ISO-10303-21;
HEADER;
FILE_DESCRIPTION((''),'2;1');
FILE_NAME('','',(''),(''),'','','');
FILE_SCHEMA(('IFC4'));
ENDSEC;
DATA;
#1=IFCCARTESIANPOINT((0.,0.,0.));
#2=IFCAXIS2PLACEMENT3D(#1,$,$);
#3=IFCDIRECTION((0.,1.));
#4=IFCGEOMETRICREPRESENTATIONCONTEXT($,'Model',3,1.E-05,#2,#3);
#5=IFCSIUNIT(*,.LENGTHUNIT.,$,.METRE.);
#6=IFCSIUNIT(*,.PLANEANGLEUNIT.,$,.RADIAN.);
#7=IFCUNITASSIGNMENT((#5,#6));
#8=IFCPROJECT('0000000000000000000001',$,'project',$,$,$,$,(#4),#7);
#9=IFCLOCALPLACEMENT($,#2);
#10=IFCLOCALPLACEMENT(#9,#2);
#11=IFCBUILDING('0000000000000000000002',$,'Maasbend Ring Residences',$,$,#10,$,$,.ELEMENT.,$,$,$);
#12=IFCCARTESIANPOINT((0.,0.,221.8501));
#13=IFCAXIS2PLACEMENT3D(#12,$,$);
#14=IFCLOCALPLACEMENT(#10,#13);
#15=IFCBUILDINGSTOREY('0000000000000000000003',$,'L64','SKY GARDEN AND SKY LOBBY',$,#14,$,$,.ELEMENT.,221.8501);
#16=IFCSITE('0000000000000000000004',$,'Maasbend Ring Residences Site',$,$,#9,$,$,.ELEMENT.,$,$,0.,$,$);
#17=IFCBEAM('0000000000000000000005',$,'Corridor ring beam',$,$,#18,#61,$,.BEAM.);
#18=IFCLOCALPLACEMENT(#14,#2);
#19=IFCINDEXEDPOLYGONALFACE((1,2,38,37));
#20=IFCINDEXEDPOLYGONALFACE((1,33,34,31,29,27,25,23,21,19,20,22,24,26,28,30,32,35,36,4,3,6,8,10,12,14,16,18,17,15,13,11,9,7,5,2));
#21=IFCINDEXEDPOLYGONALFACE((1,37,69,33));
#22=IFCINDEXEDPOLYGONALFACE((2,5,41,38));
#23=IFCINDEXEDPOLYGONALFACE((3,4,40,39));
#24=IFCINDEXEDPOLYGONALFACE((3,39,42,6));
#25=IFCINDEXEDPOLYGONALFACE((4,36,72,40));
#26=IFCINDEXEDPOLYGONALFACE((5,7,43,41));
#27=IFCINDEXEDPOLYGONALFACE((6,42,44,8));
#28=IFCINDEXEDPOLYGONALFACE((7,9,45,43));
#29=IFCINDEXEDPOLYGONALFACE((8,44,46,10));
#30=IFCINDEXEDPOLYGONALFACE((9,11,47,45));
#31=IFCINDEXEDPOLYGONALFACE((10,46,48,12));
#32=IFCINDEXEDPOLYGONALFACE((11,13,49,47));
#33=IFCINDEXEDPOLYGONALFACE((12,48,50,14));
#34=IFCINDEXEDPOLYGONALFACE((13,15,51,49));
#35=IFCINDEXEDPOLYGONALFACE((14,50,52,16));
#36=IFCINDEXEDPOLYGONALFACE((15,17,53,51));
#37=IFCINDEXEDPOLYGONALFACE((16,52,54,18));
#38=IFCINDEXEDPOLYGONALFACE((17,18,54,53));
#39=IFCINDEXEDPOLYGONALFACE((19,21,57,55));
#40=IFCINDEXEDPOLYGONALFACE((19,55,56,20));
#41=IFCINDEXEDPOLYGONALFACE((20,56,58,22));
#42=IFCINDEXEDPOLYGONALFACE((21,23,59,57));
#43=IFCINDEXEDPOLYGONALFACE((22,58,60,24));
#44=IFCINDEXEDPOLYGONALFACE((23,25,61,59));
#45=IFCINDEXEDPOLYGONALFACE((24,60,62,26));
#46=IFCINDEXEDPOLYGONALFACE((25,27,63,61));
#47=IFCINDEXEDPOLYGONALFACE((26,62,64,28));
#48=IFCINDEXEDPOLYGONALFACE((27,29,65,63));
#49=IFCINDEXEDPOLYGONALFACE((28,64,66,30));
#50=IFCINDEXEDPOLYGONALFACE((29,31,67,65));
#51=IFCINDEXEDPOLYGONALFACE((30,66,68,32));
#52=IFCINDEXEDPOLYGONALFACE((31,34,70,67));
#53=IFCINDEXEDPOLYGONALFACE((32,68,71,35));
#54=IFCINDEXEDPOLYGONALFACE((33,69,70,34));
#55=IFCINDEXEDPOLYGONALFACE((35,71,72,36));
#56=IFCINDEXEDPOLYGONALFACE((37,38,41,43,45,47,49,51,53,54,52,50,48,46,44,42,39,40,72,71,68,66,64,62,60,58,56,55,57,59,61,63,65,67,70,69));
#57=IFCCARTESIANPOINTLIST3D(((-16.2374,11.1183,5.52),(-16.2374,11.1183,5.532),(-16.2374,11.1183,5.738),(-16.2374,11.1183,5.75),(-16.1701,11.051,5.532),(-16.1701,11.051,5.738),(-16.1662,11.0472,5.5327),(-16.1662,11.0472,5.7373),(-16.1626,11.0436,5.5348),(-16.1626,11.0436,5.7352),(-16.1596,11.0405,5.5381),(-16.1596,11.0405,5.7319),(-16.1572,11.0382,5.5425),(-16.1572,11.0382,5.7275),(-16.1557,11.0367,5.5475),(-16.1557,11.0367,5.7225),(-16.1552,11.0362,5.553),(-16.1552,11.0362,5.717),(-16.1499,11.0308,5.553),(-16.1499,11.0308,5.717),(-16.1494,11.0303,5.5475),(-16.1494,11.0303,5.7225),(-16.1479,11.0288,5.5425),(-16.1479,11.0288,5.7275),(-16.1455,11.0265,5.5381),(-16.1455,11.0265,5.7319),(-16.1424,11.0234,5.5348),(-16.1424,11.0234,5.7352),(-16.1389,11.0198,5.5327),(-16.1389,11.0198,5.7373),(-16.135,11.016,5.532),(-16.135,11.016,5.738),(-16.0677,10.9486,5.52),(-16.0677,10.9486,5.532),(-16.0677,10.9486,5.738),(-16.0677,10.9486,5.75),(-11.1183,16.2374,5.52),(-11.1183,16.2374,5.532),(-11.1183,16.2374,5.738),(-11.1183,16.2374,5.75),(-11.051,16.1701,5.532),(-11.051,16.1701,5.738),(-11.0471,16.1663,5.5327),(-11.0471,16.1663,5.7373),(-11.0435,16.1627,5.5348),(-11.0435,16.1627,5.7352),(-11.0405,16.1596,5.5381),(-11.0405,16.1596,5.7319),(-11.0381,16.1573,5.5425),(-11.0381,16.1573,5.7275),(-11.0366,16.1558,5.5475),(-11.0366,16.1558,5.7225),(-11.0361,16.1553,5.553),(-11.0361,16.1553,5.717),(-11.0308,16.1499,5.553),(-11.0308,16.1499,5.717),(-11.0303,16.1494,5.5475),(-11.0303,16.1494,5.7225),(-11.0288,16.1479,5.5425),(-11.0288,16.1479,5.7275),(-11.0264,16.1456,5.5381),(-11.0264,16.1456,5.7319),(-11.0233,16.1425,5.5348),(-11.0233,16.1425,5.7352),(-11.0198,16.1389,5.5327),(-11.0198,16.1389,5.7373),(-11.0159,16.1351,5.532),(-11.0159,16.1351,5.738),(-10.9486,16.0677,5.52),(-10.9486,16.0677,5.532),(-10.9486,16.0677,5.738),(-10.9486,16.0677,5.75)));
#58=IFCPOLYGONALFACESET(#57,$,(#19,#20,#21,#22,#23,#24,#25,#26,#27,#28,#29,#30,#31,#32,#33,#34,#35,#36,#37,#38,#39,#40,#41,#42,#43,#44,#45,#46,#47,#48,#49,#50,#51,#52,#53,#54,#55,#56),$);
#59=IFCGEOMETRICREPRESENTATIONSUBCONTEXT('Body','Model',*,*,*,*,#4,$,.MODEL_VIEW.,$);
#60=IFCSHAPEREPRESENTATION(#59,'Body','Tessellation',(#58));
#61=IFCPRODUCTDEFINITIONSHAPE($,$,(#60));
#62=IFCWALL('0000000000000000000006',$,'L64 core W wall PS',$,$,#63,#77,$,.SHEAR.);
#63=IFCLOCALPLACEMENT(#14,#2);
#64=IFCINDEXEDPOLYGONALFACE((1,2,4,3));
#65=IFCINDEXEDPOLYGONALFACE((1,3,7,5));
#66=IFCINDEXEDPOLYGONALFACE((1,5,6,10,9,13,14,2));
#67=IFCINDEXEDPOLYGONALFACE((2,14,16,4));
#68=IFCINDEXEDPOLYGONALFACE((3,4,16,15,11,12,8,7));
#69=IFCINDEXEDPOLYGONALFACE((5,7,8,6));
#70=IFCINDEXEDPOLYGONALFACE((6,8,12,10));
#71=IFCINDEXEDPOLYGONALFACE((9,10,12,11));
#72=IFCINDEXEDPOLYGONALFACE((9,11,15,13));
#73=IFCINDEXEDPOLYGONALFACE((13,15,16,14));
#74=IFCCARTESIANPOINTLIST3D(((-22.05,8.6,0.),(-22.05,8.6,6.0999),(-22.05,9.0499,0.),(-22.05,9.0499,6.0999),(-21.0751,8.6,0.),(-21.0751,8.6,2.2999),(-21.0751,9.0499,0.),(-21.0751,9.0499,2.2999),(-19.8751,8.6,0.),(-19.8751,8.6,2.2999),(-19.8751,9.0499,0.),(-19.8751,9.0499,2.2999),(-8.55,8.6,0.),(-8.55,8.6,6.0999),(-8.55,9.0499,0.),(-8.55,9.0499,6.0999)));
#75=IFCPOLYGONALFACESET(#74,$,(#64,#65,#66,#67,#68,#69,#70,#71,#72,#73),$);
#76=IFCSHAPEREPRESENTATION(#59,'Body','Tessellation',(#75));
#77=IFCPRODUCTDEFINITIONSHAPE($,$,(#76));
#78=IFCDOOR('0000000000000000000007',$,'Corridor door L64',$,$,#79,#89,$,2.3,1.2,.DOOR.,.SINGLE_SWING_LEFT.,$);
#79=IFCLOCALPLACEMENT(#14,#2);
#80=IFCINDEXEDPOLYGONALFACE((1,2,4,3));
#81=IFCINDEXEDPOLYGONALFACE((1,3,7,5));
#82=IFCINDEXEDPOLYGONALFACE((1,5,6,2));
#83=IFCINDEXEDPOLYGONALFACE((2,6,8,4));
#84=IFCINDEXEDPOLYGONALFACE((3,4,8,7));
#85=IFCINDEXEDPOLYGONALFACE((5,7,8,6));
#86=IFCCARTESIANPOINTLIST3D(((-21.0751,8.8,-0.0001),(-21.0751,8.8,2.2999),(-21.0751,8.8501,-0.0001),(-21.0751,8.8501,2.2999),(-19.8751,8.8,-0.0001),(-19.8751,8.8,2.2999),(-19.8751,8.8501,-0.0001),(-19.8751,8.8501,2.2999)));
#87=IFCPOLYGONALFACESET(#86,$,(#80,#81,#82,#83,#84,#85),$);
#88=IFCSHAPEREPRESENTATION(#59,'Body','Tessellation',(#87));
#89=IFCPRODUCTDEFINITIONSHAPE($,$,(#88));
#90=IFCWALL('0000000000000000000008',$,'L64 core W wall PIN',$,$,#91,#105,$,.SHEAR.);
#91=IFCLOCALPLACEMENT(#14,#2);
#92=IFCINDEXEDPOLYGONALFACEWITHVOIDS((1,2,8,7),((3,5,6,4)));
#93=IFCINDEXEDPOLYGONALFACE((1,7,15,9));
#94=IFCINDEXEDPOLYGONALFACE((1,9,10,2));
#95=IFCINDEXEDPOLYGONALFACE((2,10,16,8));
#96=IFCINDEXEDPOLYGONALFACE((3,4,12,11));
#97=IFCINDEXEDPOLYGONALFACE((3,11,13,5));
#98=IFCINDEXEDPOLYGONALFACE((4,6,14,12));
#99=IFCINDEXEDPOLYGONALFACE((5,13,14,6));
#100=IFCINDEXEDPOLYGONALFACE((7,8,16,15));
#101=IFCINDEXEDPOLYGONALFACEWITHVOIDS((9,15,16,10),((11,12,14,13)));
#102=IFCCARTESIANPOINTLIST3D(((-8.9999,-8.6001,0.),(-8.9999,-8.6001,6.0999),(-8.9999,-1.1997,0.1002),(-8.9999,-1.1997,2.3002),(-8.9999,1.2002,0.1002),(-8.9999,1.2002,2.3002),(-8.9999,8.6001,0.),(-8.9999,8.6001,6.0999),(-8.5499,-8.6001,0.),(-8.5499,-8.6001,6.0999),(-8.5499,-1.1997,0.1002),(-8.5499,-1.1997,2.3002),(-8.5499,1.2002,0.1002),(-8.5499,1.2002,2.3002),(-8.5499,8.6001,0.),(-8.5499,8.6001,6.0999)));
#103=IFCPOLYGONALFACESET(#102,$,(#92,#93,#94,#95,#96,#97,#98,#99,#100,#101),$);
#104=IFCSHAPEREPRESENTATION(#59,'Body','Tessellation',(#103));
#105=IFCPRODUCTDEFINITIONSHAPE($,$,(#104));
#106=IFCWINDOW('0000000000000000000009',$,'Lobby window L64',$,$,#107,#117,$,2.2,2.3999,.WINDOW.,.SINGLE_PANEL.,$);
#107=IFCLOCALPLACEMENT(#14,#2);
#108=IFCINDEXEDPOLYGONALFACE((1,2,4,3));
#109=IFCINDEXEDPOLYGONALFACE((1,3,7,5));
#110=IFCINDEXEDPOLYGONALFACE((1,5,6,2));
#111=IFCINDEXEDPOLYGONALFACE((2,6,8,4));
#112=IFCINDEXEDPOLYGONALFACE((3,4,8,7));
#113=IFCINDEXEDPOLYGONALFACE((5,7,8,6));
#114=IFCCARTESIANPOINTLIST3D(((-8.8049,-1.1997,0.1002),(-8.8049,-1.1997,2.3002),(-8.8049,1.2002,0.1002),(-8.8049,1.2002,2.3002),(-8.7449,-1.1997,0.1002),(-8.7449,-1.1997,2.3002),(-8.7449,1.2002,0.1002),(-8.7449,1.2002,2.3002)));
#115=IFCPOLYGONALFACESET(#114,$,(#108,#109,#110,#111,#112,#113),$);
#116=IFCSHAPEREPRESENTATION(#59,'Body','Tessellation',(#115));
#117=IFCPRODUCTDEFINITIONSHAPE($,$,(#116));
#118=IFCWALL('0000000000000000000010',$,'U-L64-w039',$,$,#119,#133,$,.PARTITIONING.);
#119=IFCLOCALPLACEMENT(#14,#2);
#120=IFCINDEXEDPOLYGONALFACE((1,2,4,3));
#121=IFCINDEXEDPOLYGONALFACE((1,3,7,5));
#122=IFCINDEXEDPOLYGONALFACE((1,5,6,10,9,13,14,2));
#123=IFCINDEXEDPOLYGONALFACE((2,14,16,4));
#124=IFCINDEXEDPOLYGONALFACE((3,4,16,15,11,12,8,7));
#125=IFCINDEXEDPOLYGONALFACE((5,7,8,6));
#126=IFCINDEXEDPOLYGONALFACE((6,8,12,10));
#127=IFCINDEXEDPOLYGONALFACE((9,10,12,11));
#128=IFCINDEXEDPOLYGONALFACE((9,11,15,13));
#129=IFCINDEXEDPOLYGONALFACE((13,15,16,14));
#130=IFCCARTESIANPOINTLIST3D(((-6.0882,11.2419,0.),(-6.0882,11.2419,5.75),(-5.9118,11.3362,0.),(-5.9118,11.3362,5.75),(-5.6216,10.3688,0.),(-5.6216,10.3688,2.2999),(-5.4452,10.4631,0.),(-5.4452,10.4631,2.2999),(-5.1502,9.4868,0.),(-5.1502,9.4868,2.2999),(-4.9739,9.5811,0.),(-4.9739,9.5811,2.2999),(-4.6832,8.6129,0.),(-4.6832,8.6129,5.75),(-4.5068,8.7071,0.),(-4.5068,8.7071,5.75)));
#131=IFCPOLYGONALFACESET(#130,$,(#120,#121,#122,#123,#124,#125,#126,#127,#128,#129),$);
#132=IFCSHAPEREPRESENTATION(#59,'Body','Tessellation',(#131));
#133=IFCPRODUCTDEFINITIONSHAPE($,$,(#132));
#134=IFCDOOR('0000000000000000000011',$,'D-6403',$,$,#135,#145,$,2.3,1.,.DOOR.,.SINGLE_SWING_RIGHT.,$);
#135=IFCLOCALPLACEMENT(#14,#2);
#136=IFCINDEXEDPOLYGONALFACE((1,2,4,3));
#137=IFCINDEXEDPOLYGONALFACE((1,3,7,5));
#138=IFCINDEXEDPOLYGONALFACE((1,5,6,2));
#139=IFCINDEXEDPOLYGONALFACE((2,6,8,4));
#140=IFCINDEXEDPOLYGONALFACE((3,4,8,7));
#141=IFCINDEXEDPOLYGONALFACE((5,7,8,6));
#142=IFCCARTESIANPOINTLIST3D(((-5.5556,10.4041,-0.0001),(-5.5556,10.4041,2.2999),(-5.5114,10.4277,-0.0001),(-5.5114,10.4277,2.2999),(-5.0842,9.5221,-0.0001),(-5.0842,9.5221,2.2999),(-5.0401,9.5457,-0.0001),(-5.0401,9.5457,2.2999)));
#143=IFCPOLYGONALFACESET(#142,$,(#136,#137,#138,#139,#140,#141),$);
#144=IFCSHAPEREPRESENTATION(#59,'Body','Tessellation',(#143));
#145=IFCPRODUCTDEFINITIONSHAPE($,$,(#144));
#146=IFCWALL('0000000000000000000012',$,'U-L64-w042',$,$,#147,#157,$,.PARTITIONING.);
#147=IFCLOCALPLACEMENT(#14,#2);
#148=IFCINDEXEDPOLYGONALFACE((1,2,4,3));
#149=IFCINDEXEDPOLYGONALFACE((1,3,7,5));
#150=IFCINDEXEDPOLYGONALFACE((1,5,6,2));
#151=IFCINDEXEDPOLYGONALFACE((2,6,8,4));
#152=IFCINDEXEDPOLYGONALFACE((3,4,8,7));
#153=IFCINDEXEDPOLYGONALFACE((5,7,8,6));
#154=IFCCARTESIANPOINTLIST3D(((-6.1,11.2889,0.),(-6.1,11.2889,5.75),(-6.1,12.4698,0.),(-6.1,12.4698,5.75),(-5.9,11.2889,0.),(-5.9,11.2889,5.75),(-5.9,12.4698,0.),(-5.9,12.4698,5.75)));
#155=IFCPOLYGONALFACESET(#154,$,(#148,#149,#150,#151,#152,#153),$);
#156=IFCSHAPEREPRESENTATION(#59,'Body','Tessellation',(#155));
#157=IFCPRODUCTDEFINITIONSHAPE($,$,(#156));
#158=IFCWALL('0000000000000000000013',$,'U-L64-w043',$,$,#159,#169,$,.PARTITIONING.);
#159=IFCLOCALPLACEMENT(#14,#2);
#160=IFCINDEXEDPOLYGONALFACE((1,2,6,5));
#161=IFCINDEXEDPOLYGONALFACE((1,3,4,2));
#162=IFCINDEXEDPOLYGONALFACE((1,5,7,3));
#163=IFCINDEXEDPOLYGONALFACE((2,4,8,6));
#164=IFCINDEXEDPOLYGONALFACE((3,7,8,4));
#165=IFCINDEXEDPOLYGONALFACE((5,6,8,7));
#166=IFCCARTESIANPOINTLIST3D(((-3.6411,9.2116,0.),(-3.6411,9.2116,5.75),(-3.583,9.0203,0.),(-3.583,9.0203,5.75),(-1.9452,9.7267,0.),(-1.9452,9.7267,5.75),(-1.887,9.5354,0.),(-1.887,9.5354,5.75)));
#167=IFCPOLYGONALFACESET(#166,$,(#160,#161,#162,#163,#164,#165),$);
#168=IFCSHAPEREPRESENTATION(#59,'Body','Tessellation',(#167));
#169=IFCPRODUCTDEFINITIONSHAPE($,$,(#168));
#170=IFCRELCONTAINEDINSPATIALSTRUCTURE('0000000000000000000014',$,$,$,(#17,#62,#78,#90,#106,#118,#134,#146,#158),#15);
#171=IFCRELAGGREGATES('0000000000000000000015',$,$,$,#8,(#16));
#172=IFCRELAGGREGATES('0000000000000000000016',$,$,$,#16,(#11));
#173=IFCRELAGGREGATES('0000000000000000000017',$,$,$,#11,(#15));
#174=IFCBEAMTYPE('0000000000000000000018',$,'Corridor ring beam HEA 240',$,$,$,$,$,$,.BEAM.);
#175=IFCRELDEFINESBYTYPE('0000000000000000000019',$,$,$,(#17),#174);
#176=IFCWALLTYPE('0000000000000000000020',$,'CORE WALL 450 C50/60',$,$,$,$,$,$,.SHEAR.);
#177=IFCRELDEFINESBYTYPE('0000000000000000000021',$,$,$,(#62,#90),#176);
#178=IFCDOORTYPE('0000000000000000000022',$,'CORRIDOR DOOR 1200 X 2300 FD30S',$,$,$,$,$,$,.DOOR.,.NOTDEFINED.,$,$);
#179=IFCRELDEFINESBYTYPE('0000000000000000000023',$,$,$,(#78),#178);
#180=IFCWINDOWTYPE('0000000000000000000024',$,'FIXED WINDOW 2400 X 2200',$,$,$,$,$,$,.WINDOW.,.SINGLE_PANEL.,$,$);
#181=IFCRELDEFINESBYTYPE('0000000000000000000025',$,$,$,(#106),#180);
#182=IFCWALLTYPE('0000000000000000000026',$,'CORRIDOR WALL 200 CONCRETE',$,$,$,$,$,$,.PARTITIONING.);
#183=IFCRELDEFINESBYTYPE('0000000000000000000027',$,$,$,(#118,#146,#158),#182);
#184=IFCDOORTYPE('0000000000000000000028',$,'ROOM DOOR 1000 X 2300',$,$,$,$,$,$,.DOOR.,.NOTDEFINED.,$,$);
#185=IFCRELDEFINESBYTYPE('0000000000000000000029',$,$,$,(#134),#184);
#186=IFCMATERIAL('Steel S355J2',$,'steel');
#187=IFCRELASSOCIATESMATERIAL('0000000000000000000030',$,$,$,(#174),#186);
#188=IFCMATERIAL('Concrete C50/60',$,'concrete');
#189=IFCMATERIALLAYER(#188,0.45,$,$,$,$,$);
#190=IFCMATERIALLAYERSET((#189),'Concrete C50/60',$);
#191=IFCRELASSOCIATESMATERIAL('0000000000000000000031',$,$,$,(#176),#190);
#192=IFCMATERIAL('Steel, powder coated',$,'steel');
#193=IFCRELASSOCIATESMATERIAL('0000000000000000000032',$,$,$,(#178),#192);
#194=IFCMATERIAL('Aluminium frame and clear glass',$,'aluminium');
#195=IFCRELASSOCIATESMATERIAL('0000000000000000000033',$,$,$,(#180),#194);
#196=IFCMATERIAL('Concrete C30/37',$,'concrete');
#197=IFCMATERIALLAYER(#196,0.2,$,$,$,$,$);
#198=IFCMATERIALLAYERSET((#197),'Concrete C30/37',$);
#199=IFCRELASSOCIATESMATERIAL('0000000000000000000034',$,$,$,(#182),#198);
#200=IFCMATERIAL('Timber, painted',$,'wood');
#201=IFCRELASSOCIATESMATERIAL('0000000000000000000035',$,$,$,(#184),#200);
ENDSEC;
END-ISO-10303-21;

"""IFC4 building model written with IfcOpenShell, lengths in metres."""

from ifc_helpers import new_model, si_unit, direction, frame, frame_2d, origin, origin_2d, place, context, subcontext, project, spatial, rectangle, i_section, extrude, material, layer, layer_set, material_profile, profile_set, type_object, element, fill, save


model = new_model("IFC4")

# Units and contexts
model_context = context("Model", 3, precision=1e-05, world=origin(), true_north=direction((0.0, 1.0)))
body_context = subcontext(model_context, "Body", "Model", "MODEL_VIEW")
ifc_project = project(units=[si_unit("LENGTHUNIT", "METRE"), si_unit("PLANEANGLEUNIT", "RADIAN")], contexts=[model_context])

# Site, building, storey
site_placement = place(None, origin())
site = spatial("IfcSite", under=ifc_project, at=site_placement, Name="Maasbend Ring Residences Site", CompositionType="ELEMENT", RefElevation=0.0)
building_placement = place(site_placement, origin())
building = spatial("IfcBuilding", under=site, at=building_placement, Name="Maasbend Ring Residences", CompositionType="ELEMENT")
storey_placement = place(building_placement, frame((0.0, 0.0, 221.8501)))
storey = spatial("IfcBuildingStorey", under=building, at=storey_placement, Name="L64", Description="SKY GARDEN AND SKY LOBBY", CompositionType="ELEMENT", Elevation=221.8501)

# Beam
ifc_material_1 = material(Name="Steel S355J2", Category="steel")
ifc_material_profile_1 = material_profile(ifc_material_1, i_section(OverallWidth=0.24, OverallDepth=0.23, WebThickness=0.0076, FlangeThickness=0.012, FilletRadius=0.021, at=origin_2d()), Name="HEA 240")
ifc_profile_set_1 = profile_set([ifc_material_profile_1], Name="Steel S355J2")
beam_type_1 = type_object("IfcBeamType", Name="Corridor ring beam HEA 240", PredefinedType="BEAM", material=ifc_profile_set_1)
beam_1_placement = place(storey_placement, frame((-11.0334, 16.1526, 5.635), z_axis=(-0.707107, -0.707107, 0.0), x_axis=(0.707107, -0.707107, 0.0)))
element("IfcBeam", 1, at=beam_1_placement, inside=storey, type_object=beam_type_1, Name="Corridor ring beam", PredefinedType="BEAM", context=body_context, shape_type="SweptSolid", body=[
    extrude(i_section(OverallWidth=0.24, OverallDepth=0.23, WebThickness=0.0076, FlangeThickness=0.012, FilletRadius=0.021, at=origin_2d()), origin(), (0.0, 0.0, 1.0), 7.2395),
])

# Wall, opening, door
ifc_material_2 = material(Name="Concrete C50/60", Category="concrete")
ifc_layer_1 = layer(ifc_material_2, 0.45)
ifc_layer_set_1 = layer_set([ifc_layer_1], Name="Concrete C50/60")
wall_type_1 = type_object("IfcWallType", Name="CORE WALL 450 C50/60", PredefinedType="SHEAR", material=ifc_layer_set_1)
wall_1_placement = place(storey_placement, frame((-8.55, 8.825, 0.0), z_axis=(0.0, 0.0, 1.0), x_axis=(-1.0, 0.0, 0.0)))
wall_1 = element("IfcWall", 2, at=wall_1_placement, inside=storey, type_object=wall_type_1, Name="L64 core W wall PS", PredefinedType="SHEAR", context=body_context, shape_type="SweptSolid", body=[
    extrude(rectangle(XDim=13.5, YDim=0.45, at=frame_2d((6.75, 0.0))), origin(), (0.0, 0.0, 1.0), 6.0999),
])
opening_1_placement = place(wall_1_placement, frame((11.325, 0.0, 0.0)))
opening_1 = element("IfcOpeningElement", 3, at=opening_1_placement, cuts=wall_1, PredefinedType="OPENING", context=body_context, shape_type="SweptSolid", body=[
    extrude(rectangle(XDim=1.2, YDim=2.3, at=frame_2d((0.6001, 1.1499))), frame((0.0, 0.2349, 0.0), z_axis=(0.0, -1.0, 0.0), x_axis=(1.0, 0.0, 0.0)), (0.0, 0.0, 1.0), 0.47),
])
ifc_material_3 = material(Name="Steel, powder coated", Category="steel")
door_type_1 = type_object("IfcDoorType", Name="CORRIDOR DOOR 1200 X 2300 FD30S", OperationType="NOTDEFINED", PredefinedType="DOOR", material=ifc_material_3)
door_1_placement = place(opening_1_placement, origin())
door_1 = element("IfcDoor", 4, at=door_1_placement, inside=storey, type_object=door_type_1, Name="Corridor door L64", OperationType="SINGLE_SWING_LEFT", OverallHeight=2.3, OverallWidth=1.2, PredefinedType="DOOR", context=body_context, shape_type="SweptSolid", body=[
    extrude(rectangle(XDim=1.2, YDim=2.3, at=frame_2d((0.6001, 1.1499))), frame((0.0, 0.0249, 0.0), z_axis=(0.0, -1.0, 0.0), x_axis=(1.0, 0.0, 0.0)), (0.0, 0.0, 1.0), 0.05),
])
fill(opening_1, door_1)

# Wall, opening, window
wall_2_placement = place(storey_placement, frame((-8.7749, 8.6001, 0.0), z_axis=(0.0, 0.0, 1.0), x_axis=(0.0, -1.0, 0.0)))
wall_2 = element("IfcWall", 5, at=wall_2_placement, inside=storey, type_object=wall_type_1, Name="L64 core W wall PIN", PredefinedType="SHEAR", context=body_context, shape_type="SweptSolid", body=[
    extrude(rectangle(XDim=17.2002, YDim=0.45, at=frame_2d((8.6001, 0.0))), origin(), (0.0, 0.0, 1.0), 6.0999),
])
opening_2_placement = place(wall_2_placement, frame((7.3999, 0.0, 0.1001)))
opening_2 = element("IfcOpeningElement", 6, at=opening_2_placement, cuts=wall_2, PredefinedType="OPENING", context=body_context, shape_type="SweptSolid", body=[
    extrude(rectangle(XDim=2.3999, YDim=2.2, at=frame_2d((1.2, 1.1001))), frame((0.0, 0.2349, 0.0), z_axis=(0.0, -1.0, 0.0), x_axis=(1.0, 0.0, 0.0)), (0.0, 0.0, 1.0), 0.47),
])
ifc_material_4 = material(Name="Aluminium frame and clear glass", Category="aluminium")
window_type = type_object("IfcWindowType", Name="FIXED WINDOW 2400 X 2200", PartitioningType="SINGLE_PANEL", PredefinedType="WINDOW", material=ifc_material_4)
window_placement = place(opening_2_placement, origin())
window = element("IfcWindow", 7, at=window_placement, inside=storey, type_object=window_type, Name="Lobby window L64", OverallHeight=2.2, OverallWidth=2.3999, PartitioningType="SINGLE_PANEL", PredefinedType="WINDOW", context=body_context, shape_type="SweptSolid", body=[
    extrude(rectangle(XDim=2.3999, YDim=2.2, at=frame_2d((1.2, 1.1001))), frame((0.0, 0.03, 0.0), z_axis=(0.0, -1.0, 0.0), x_axis=(1.0, 0.0, 0.0)), (0.0, 0.0, 1.0), 0.0601),
])
fill(opening_2, window)

# Wall, opening, door
ifc_material_5 = material(Name="Concrete C30/37", Category="concrete")
ifc_layer_2 = layer(ifc_material_5, 0.2)
ifc_layer_set_2 = layer_set([ifc_layer_2], Name="Concrete C30/37")
wall_type_2 = type_object("IfcWallType", Name="CORRIDOR WALL 200 CONCRETE", PredefinedType="PARTITIONING", material=ifc_layer_set_2)
wall_3_placement = place(storey_placement, frame((-6.0, 11.2891, 0.0), z_axis=(0.0, 0.0, 1.0), x_axis=(0.471323, -0.88196, 0.0)))
wall_3 = element("IfcWall", 8, at=wall_3_placement, inside=storey, type_object=wall_type_2, Name="U-L64-w039", PredefinedType="PARTITIONING", context=body_context, shape_type="SweptSolid", body=[
    extrude(rectangle(XDim=2.981, YDim=0.2, at=frame_2d((1.4905, 0.0))), origin(), (0.0, 0.0, 1.0), 5.75),
])
opening_3_placement = place(wall_3_placement, frame((0.99, 0.0, 0.0)))
opening_3 = element("IfcOpeningElement", 9, at=opening_3_placement, cuts=wall_3, PredefinedType="OPENING", context=body_context, shape_type="SweptSolid", body=[
    extrude(rectangle(XDim=1.0, YDim=2.3, at=frame_2d((0.5, 1.1499))), frame((0.0, 0.1099, 0.0), z_axis=(0.0, -1.0, 0.0), x_axis=(1.0, 0.0, 0.0)), (0.0, 0.0, 1.0), 0.22),
])
ifc_material_6 = material(Name="Timber, painted", Category="wood")
door_type_2 = type_object("IfcDoorType", Name="ROOM DOOR 1000 X 2300", OperationType="NOTDEFINED", PredefinedType="DOOR", material=ifc_material_6)
door_2_placement = place(opening_3_placement, origin())
door_2 = element("IfcDoor", 10, at=door_2_placement, inside=storey, type_object=door_type_2, Name="D-6403", OperationType="SINGLE_SWING_RIGHT", OverallHeight=2.3, OverallWidth=1.0, PredefinedType="DOOR", context=body_context, shape_type="SweptSolid", body=[
    extrude(rectangle(XDim=1.0, YDim=2.3, at=frame_2d((0.5, 1.1499))), frame((0.0, 0.0249, 0.0), z_axis=(0.0, -1.0, 0.0), x_axis=(1.0, 0.0, 0.0)), (0.0, 0.0, 1.0), 0.05),
])
fill(opening_3, door_2)

# Walls
wall_4_placement = place(storey_placement, frame((-6.0, 11.2891, 0.0), z_axis=(0.0, 0.0, 1.0), x_axis=(0.0, 1.0, 0.0)))
element("IfcWall", 11, at=wall_4_placement, inside=storey, type_object=wall_type_2, Name="U-L64-w042", PredefinedType="PARTITIONING", context=body_context, shape_type="SweptSolid", body=[
    extrude(rectangle(XDim=1.1809, YDim=0.2, at=frame_2d((0.5903, 0.0))), origin(), (0.0, 0.0, 1.0), 5.75),
])
wall_5_placement = place(storey_placement, frame((-3.6121, 9.116, 0.0), z_axis=(0.0, 0.0, 1.0), x_axis=(0.956839, 0.290619, 0.0)))
element("IfcWall", 12, at=wall_5_placement, inside=storey, type_object=wall_type_2, Name="U-L64-w043", PredefinedType="PARTITIONING", context=body_context, shape_type="SweptSolid", body=[
    extrude(rectangle(XDim=1.7725, YDim=0.2, at=frame_2d((0.8862, 0.0))), origin(), (0.0, 0.0, 1.0), 5.75),
])

save(model, "model.ifc")
